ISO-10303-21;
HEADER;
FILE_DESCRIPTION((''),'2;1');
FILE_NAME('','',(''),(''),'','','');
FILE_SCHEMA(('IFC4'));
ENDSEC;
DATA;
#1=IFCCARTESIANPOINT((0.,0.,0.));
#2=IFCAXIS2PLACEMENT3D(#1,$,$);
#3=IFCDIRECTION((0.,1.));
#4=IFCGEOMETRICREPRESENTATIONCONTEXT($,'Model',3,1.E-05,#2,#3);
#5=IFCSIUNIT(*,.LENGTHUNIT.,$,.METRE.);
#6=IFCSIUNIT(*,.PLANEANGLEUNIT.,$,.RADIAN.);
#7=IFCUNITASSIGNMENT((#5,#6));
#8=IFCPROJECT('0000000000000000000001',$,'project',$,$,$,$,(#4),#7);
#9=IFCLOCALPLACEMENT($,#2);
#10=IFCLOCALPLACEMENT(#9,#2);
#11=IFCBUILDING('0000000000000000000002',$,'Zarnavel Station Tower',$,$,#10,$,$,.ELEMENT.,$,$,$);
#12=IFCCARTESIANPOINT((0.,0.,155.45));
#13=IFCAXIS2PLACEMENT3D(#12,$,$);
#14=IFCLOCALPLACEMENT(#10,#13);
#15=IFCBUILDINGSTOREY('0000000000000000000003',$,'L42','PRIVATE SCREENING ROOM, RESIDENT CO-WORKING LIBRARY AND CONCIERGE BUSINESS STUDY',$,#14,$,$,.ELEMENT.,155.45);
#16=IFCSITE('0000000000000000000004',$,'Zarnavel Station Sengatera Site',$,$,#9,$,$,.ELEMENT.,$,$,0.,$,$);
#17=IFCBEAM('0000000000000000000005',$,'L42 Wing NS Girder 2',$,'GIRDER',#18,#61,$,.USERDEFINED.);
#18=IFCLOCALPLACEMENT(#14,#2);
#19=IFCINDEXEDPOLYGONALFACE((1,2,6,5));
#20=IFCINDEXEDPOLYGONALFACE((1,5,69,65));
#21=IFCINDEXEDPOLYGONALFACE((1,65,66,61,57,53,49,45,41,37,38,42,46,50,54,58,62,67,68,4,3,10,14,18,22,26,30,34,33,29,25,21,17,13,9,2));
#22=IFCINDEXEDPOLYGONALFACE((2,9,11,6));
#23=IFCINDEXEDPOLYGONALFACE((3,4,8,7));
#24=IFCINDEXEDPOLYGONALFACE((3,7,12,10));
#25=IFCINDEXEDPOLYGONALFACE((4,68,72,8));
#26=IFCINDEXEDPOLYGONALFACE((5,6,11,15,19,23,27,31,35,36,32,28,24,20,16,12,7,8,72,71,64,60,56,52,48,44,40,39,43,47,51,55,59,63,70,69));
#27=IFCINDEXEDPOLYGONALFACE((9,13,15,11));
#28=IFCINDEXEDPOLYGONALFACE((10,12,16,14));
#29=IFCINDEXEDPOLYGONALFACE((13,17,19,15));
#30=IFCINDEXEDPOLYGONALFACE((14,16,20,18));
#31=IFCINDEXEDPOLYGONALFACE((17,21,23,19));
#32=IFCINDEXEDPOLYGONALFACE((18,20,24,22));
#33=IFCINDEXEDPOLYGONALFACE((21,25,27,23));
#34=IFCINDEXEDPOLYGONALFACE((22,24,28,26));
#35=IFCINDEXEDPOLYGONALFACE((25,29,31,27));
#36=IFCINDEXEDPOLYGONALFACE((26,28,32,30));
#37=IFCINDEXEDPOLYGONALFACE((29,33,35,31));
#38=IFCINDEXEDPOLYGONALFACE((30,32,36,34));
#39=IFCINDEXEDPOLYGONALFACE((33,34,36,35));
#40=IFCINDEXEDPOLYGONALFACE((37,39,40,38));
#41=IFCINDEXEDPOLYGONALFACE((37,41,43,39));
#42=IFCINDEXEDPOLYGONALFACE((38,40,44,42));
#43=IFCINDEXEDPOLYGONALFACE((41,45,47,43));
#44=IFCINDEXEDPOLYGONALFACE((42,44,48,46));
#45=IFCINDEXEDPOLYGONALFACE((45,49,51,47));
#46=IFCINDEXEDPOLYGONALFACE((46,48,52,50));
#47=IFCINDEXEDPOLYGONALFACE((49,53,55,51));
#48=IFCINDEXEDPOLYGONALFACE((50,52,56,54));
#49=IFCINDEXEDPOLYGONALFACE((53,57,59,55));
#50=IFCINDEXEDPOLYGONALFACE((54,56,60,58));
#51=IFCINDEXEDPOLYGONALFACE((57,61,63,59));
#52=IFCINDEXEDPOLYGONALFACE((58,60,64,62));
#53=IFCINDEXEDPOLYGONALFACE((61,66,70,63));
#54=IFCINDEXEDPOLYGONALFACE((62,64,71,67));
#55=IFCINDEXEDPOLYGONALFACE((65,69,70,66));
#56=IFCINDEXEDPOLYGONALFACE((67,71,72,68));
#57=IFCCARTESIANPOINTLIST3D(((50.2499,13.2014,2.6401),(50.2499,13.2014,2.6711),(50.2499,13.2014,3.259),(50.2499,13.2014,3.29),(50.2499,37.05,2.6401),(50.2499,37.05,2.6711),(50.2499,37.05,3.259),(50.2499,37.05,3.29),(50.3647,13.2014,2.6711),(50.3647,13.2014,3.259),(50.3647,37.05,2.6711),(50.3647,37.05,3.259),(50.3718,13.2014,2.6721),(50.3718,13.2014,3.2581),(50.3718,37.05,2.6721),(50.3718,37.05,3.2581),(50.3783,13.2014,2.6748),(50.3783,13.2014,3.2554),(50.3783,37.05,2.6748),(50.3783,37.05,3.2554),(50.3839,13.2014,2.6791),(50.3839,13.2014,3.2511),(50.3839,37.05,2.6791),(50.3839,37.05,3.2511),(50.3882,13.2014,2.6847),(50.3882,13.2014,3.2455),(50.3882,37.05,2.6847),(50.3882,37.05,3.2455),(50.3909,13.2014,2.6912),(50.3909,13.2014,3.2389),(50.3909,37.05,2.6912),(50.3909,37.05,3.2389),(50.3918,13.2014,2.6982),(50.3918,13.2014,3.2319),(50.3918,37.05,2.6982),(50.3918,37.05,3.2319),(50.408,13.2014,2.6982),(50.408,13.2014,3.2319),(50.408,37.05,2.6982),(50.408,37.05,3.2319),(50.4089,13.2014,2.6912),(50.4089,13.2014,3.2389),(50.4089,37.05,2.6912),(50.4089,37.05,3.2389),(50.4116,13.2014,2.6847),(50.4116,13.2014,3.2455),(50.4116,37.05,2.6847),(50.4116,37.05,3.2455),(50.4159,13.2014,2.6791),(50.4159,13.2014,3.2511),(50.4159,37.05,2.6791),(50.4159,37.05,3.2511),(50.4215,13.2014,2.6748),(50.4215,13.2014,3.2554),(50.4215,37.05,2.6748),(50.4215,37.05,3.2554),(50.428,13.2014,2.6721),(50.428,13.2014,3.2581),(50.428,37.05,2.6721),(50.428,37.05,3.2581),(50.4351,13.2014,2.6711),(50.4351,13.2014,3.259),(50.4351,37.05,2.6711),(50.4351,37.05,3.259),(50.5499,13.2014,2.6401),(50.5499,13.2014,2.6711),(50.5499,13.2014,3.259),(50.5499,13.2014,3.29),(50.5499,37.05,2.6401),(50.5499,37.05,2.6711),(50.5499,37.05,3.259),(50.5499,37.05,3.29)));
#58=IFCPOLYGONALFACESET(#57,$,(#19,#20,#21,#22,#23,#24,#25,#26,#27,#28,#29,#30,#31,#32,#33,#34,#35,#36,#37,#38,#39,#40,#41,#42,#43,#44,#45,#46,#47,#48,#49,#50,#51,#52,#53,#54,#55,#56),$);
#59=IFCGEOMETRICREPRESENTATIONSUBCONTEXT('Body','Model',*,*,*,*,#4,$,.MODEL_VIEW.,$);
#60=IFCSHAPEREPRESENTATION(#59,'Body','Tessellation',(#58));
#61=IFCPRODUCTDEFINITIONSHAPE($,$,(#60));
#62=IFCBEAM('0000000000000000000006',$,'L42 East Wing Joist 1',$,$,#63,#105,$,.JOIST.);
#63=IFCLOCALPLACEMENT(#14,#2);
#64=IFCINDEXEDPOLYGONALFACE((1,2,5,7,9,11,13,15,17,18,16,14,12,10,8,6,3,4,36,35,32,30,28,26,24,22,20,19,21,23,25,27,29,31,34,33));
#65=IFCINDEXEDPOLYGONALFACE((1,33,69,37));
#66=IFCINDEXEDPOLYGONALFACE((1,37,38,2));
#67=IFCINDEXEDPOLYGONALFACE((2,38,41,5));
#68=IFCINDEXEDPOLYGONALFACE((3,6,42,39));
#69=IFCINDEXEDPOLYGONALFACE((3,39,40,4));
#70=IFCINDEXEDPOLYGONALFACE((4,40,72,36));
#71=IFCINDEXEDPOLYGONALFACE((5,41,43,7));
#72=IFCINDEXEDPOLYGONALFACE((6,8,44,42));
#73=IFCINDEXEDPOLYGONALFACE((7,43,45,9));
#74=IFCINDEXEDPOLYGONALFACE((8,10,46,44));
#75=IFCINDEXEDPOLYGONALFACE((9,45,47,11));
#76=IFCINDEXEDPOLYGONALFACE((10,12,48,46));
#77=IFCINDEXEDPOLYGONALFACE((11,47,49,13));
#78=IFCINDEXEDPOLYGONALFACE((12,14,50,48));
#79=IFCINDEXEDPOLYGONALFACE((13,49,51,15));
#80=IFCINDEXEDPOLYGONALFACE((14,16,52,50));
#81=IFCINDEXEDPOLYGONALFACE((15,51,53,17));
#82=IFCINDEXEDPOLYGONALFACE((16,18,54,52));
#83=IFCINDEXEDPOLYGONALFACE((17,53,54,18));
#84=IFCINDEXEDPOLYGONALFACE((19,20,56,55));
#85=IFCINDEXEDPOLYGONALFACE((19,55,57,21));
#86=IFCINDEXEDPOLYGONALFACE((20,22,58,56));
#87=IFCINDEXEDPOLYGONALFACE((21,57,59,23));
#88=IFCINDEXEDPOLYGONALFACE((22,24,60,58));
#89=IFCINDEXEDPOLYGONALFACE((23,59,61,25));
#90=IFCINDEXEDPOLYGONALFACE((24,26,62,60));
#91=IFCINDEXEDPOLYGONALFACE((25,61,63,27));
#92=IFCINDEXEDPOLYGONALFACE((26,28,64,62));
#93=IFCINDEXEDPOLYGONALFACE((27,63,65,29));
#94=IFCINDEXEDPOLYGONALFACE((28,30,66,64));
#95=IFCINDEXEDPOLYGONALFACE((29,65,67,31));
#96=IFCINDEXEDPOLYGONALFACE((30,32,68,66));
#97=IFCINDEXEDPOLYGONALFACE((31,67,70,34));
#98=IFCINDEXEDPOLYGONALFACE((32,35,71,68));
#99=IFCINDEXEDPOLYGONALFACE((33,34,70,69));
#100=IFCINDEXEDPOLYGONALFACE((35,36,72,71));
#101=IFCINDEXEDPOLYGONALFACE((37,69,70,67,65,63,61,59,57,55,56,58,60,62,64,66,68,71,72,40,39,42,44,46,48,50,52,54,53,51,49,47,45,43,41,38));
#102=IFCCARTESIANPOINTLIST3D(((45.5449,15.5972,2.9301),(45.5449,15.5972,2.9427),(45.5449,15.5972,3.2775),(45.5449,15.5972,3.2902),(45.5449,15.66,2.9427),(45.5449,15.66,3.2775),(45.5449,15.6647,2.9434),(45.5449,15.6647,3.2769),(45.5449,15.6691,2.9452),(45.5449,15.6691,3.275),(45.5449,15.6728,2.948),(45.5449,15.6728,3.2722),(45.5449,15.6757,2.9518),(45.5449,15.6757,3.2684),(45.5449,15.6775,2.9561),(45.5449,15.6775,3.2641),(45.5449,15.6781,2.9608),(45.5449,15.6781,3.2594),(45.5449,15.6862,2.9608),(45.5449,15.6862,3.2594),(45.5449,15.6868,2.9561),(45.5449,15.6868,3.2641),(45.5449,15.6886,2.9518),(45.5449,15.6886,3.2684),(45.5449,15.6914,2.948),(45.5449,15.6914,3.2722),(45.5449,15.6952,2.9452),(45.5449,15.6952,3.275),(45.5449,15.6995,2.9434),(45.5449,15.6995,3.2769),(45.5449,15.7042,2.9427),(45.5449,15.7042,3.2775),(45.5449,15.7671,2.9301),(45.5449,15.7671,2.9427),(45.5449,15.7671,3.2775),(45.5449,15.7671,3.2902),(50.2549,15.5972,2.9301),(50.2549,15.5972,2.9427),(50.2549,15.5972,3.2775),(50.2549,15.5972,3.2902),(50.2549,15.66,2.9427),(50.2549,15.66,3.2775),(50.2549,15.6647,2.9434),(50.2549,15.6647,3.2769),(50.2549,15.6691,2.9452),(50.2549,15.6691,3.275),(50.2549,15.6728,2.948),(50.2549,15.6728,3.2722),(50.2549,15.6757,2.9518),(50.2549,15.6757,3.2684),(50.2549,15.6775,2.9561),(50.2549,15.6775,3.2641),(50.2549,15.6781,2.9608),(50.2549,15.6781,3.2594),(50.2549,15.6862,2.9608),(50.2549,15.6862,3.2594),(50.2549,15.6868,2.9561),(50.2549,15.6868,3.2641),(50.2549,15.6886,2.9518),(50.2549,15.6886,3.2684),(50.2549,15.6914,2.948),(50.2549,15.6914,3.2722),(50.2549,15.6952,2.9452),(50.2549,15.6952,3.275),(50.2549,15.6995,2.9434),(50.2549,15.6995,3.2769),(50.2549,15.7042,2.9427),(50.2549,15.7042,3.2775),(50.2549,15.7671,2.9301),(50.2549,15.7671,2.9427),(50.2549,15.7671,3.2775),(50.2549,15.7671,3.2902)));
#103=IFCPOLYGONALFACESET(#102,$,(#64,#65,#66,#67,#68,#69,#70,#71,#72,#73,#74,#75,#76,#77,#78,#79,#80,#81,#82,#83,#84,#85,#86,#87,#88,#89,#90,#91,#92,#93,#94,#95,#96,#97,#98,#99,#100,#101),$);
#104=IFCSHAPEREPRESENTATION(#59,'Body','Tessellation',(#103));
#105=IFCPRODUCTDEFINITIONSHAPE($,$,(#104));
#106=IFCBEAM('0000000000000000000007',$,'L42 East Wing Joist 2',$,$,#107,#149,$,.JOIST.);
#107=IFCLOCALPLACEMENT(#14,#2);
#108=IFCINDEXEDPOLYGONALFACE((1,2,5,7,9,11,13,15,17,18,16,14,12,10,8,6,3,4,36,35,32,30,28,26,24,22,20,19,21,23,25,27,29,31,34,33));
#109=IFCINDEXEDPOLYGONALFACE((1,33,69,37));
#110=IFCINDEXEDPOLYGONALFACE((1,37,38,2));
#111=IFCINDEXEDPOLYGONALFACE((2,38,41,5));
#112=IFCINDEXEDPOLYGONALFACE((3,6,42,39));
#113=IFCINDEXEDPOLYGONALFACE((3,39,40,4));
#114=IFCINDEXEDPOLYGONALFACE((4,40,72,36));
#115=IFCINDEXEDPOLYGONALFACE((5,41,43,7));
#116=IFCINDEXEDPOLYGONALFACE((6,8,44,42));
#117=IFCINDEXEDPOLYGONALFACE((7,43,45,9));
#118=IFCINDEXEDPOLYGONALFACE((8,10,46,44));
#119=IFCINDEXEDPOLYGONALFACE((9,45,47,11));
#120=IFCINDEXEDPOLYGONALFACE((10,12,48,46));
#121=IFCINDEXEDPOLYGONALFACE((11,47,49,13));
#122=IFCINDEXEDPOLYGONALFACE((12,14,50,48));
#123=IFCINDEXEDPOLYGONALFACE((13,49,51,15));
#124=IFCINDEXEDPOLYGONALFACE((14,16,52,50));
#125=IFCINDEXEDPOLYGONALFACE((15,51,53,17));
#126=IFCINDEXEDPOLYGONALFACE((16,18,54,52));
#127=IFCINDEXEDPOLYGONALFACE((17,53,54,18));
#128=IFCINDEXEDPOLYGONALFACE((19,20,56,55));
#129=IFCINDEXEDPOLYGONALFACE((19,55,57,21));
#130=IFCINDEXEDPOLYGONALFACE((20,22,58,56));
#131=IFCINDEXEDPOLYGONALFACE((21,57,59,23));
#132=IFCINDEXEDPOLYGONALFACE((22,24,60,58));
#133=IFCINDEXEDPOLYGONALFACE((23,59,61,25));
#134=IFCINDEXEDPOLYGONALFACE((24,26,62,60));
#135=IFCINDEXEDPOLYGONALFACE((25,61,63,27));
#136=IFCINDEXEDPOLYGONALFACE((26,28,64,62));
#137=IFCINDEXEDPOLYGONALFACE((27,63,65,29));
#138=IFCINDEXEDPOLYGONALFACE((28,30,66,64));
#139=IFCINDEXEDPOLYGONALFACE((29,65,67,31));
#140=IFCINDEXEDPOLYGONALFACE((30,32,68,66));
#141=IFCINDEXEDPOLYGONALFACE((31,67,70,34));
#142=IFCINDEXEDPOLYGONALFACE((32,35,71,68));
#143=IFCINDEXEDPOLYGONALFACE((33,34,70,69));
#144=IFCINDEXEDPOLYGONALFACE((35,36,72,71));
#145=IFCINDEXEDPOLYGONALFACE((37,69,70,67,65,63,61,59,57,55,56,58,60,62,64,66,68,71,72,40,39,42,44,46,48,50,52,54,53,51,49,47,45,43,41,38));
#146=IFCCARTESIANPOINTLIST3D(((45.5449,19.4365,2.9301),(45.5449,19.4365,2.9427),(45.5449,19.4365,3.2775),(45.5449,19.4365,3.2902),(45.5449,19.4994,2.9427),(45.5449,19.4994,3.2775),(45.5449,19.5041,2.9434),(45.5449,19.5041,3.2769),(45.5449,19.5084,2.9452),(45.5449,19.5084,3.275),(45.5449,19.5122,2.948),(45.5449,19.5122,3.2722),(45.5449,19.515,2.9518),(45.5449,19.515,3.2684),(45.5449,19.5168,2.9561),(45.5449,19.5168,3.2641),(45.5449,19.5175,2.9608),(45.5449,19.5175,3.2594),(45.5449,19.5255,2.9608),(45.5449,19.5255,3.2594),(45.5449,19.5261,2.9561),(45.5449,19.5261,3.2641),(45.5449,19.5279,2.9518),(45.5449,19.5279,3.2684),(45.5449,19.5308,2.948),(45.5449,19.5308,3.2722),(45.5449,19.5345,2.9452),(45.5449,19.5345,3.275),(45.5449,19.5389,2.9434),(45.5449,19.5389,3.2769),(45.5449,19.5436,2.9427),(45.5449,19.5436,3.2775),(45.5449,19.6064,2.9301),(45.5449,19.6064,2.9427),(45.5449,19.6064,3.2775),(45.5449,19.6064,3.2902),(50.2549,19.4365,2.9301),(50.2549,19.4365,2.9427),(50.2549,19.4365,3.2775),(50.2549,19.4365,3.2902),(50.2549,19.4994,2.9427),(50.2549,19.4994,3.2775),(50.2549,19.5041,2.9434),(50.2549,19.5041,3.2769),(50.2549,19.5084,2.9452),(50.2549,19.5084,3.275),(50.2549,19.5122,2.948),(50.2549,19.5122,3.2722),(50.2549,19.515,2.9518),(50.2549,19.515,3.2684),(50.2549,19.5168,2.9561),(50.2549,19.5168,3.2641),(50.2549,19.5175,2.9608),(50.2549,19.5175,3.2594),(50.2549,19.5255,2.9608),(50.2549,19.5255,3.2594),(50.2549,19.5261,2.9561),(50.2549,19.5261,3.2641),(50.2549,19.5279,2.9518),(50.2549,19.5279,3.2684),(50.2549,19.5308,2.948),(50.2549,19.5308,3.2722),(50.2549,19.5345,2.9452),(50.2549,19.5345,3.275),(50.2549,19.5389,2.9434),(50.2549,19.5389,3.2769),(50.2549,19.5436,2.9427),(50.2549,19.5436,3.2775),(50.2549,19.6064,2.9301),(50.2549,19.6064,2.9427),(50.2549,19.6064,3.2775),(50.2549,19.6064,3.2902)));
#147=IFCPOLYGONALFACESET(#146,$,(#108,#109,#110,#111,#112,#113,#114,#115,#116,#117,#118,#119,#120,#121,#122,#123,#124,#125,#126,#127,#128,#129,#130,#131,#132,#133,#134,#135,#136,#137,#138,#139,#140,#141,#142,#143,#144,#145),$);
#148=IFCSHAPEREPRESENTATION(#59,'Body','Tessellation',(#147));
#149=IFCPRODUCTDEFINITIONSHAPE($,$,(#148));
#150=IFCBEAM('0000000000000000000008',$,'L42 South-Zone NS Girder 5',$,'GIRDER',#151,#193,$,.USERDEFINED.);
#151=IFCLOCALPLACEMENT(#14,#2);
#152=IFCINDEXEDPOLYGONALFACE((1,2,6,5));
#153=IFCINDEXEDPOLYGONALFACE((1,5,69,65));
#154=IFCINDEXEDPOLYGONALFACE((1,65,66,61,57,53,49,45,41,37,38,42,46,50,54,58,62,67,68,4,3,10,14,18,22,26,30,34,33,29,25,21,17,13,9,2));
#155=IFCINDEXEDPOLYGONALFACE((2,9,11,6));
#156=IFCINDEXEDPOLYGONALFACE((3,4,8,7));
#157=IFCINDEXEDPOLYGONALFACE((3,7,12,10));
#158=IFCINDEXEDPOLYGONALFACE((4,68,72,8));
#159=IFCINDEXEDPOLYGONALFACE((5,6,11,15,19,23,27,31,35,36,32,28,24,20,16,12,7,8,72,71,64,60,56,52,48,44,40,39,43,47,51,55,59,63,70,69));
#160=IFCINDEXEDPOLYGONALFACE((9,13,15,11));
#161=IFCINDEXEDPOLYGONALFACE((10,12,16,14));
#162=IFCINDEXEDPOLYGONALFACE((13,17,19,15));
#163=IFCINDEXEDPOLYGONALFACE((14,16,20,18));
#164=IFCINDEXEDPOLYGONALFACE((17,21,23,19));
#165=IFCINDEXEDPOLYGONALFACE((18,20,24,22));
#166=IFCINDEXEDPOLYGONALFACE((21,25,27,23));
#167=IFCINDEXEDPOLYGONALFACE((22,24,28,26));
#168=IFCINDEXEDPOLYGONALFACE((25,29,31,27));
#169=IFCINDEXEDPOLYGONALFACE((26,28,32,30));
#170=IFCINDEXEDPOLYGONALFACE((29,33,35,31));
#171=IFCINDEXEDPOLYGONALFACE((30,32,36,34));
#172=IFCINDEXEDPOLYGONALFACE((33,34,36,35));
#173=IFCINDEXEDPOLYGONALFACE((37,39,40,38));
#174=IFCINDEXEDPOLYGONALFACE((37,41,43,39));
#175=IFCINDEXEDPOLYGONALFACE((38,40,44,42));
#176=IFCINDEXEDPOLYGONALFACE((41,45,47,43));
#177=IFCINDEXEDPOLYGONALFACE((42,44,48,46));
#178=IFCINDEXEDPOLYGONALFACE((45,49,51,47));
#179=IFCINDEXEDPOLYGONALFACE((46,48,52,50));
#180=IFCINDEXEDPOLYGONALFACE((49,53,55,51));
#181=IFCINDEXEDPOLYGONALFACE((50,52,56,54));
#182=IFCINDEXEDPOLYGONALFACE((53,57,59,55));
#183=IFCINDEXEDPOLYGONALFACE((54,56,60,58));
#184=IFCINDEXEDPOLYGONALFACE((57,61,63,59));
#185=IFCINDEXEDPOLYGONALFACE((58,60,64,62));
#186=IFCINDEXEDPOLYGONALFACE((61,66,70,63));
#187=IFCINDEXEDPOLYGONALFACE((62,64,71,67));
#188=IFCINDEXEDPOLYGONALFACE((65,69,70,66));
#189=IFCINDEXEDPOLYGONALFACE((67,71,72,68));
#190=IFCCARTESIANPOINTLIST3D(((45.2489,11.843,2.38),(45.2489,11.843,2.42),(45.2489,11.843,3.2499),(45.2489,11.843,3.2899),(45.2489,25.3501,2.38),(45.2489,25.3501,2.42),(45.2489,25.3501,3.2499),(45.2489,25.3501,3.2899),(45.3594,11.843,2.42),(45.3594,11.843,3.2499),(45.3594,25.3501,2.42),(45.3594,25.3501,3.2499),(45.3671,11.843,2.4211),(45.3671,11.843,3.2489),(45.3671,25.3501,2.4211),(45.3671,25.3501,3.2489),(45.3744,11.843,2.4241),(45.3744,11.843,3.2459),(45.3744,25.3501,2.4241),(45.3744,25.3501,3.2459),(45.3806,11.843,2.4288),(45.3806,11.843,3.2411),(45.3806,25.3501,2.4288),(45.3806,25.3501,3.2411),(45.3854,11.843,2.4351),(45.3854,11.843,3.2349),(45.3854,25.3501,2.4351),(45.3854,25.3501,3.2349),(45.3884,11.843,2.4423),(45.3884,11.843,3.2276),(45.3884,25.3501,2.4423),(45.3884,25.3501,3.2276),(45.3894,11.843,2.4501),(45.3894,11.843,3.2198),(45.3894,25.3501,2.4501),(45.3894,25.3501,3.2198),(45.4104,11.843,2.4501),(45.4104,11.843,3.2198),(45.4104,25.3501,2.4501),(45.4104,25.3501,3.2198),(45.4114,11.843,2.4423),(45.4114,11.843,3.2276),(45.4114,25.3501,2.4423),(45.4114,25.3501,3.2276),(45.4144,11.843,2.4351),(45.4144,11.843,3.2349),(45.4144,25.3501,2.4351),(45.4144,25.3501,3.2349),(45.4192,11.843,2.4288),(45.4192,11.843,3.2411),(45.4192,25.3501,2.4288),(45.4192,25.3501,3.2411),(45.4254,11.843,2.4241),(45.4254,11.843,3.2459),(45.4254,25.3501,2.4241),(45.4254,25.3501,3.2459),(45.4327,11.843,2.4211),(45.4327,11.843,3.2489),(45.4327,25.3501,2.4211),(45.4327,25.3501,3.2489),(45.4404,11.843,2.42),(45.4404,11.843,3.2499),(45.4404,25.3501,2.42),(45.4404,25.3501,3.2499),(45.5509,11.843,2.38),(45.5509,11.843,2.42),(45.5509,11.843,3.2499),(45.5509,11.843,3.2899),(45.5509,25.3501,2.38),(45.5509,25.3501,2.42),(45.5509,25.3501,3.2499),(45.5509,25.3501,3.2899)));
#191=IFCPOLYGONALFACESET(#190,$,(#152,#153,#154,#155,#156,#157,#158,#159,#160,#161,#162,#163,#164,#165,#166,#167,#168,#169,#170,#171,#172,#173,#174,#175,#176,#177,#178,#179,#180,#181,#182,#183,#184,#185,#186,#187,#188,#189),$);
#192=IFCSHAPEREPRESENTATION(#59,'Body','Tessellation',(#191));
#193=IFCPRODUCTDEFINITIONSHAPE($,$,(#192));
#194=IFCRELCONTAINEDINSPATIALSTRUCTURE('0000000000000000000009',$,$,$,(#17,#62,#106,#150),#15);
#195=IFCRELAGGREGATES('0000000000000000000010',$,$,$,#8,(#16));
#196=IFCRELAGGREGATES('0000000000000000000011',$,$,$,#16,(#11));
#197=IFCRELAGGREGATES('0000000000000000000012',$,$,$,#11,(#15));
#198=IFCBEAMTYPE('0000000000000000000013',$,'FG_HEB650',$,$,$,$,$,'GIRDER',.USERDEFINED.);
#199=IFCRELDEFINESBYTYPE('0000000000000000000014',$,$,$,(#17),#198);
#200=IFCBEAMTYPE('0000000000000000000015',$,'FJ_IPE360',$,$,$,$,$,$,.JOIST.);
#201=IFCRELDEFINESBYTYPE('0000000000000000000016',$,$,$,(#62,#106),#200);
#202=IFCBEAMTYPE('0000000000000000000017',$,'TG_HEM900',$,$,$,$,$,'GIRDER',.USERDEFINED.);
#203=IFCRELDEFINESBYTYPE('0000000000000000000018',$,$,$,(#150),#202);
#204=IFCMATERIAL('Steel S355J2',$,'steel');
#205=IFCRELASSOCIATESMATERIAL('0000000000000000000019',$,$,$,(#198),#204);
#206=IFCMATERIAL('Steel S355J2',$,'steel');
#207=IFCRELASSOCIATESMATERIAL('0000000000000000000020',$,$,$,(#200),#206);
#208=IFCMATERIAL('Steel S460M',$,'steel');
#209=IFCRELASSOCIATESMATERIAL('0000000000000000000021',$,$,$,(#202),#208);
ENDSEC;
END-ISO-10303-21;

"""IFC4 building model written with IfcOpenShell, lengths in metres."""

from ifc_helpers import new_model, si_unit, direction, frame, origin, origin_2d, place, context, subcontext, project, spatial, i_section, extrude, material, material_profile, profile_set, type_object, element, save


model = new_model("IFC4")

# Units and contexts
model_context = context("Model", 3, precision=1e-05, world=origin(), true_north=direction((0.0, 1.0)))
body_context = subcontext(model_context, "Body", "Model", "MODEL_VIEW")
ifc_project = project(units=[si_unit("LENGTHUNIT", "METRE"), si_unit("PLANEANGLEUNIT", "RADIAN")], contexts=[model_context])

# Site, building, storey
site_placement = place(None, origin())
site = spatial("IfcSite", under=ifc_project, at=site_placement, Name="Zarnavel Station Sengatera Site", CompositionType="ELEMENT", RefElevation=0.0)
building_placement = place(site_placement, origin())
building = spatial("IfcBuilding", under=site, at=building_placement, Name="Zarnavel Station Tower", CompositionType="ELEMENT")
storey_placement = place(building_placement, frame((0.0, 0.0, 155.45)))
storey = spatial("IfcBuildingStorey", under=building, at=storey_placement, Name="L42", Description="PRIVATE SCREENING ROOM, RESIDENT CO-WORKING LIBRARY AND CONCIERGE BUSINESS STUDY", CompositionType="ELEMENT", Elevation=155.45)

# Beams
ifc_material_1 = material(Name="Steel S355J2", Category="steel")
ifc_material_profile_1 = material_profile(ifc_material_1, i_section(OverallWidth=0.3, OverallDepth=0.6499, WebThickness=0.0161, FlangeThickness=0.031, FilletRadius=0.0271, at=origin_2d()), Name="HEB650")
ifc_profile_set_1 = profile_set([ifc_material_profile_1], Name="Steel S355J2")
beam_type_1 = type_object("IfcBeamType", Name="FG_HEB650", ElementType="GIRDER", PredefinedType="USERDEFINED", material=ifc_profile_set_1)
beam_1_placement = place(storey_placement, frame((50.3999, 13.2014, 2.9651), z_axis=(0.0, 1.0, 0.0), x_axis=(-1.0, 0.0, 0.0)))
element("IfcBeam", 1, at=beam_1_placement, inside=storey, type_object=beam_type_1, Name="L42 Wing NS Girder 2", ObjectType="GIRDER", PredefinedType="USERDEFINED", context=body_context, shape_type="SweptSolid", body=[
    extrude(i_section(OverallWidth=0.3, OverallDepth=0.6499, WebThickness=0.0161, FlangeThickness=0.031, FilletRadius=0.0271, at=origin_2d()), origin(), (0.0, 0.0, 1.0), 23.8486),
])
ifc_material_2 = material(Name="Steel S355J2", Category="steel")
ifc_material_profile_2 = material_profile(ifc_material_2, i_section(OverallWidth=0.1699, OverallDepth=0.3601, WebThickness=0.0081, FlangeThickness=0.0127, FilletRadius=0.0181, at=origin_2d()), Name="IPE360")
ifc_profile_set_2 = profile_set([ifc_material_profile_2], Name="Steel S355J2")
beam_type_2 = type_object("IfcBeamType", Name="FJ_IPE360", PredefinedType="JOIST", material=ifc_profile_set_2)
for number, where, z_axis, x_axis, name in (
    (2, (45.5449, 15.6821, 3.1101), (1.0, 0.0, 0.0), (0.0, 1.0, 0.0), "L42 East Wing Joist 1"),
    (3, (45.5449, 19.5215, 3.1101), (1.0, 0.0, 0.0), (0.0, 1.0, 0.0), "L42 East Wing Joist 2"),
):
    element("IfcBeam", number, at=place(storey_placement, frame(where, z_axis=z_axis, x_axis=x_axis)), inside=storey, type_object=beam_type_2, Name=name, PredefinedType="JOIST", context=body_context, shape_type="SweptSolid", body=[
        extrude(i_section(OverallWidth=0.1699, OverallDepth=0.3601, WebThickness=0.0081, FlangeThickness=0.0127, FilletRadius=0.0181, at=origin_2d()), origin(), (0.0, 0.0, 1.0), 4.71),
    ])
ifc_material_3 = material(Name="Steel S460M", Category="steel")
ifc_material_profile_3 = material_profile(ifc_material_3, i_section(OverallWidth=0.302, OverallDepth=0.9099, WebThickness=0.021, FlangeThickness=0.04, FilletRadius=0.03, at=origin_2d()), Name="HEM900")
ifc_profile_set_3 = profile_set([ifc_material_profile_3], Name="Steel S460M")
beam_type_3 = type_object("IfcBeamType", Name="TG_HEM900", ElementType="GIRDER", PredefinedType="USERDEFINED", material=ifc_profile_set_3)
beam_2_placement = place(storey_placement, frame((45.3999, 11.843, 2.835), z_axis=(0.0, 1.0, 0.0), x_axis=(-1.0, 0.0, 0.0)))
element("IfcBeam", 4, at=beam_2_placement, inside=storey, type_object=beam_type_3, Name="L42 South-Zone NS Girder 5", ObjectType="GIRDER", PredefinedType="USERDEFINED", context=body_context, shape_type="SweptSolid", body=[
    extrude(i_section(OverallWidth=0.302, OverallDepth=0.9099, WebThickness=0.021, FlangeThickness=0.04, FilletRadius=0.03, at=origin_2d()), origin(), (0.0, 0.0, 1.0), 13.5071),
])

save(model, "model.ifc")
